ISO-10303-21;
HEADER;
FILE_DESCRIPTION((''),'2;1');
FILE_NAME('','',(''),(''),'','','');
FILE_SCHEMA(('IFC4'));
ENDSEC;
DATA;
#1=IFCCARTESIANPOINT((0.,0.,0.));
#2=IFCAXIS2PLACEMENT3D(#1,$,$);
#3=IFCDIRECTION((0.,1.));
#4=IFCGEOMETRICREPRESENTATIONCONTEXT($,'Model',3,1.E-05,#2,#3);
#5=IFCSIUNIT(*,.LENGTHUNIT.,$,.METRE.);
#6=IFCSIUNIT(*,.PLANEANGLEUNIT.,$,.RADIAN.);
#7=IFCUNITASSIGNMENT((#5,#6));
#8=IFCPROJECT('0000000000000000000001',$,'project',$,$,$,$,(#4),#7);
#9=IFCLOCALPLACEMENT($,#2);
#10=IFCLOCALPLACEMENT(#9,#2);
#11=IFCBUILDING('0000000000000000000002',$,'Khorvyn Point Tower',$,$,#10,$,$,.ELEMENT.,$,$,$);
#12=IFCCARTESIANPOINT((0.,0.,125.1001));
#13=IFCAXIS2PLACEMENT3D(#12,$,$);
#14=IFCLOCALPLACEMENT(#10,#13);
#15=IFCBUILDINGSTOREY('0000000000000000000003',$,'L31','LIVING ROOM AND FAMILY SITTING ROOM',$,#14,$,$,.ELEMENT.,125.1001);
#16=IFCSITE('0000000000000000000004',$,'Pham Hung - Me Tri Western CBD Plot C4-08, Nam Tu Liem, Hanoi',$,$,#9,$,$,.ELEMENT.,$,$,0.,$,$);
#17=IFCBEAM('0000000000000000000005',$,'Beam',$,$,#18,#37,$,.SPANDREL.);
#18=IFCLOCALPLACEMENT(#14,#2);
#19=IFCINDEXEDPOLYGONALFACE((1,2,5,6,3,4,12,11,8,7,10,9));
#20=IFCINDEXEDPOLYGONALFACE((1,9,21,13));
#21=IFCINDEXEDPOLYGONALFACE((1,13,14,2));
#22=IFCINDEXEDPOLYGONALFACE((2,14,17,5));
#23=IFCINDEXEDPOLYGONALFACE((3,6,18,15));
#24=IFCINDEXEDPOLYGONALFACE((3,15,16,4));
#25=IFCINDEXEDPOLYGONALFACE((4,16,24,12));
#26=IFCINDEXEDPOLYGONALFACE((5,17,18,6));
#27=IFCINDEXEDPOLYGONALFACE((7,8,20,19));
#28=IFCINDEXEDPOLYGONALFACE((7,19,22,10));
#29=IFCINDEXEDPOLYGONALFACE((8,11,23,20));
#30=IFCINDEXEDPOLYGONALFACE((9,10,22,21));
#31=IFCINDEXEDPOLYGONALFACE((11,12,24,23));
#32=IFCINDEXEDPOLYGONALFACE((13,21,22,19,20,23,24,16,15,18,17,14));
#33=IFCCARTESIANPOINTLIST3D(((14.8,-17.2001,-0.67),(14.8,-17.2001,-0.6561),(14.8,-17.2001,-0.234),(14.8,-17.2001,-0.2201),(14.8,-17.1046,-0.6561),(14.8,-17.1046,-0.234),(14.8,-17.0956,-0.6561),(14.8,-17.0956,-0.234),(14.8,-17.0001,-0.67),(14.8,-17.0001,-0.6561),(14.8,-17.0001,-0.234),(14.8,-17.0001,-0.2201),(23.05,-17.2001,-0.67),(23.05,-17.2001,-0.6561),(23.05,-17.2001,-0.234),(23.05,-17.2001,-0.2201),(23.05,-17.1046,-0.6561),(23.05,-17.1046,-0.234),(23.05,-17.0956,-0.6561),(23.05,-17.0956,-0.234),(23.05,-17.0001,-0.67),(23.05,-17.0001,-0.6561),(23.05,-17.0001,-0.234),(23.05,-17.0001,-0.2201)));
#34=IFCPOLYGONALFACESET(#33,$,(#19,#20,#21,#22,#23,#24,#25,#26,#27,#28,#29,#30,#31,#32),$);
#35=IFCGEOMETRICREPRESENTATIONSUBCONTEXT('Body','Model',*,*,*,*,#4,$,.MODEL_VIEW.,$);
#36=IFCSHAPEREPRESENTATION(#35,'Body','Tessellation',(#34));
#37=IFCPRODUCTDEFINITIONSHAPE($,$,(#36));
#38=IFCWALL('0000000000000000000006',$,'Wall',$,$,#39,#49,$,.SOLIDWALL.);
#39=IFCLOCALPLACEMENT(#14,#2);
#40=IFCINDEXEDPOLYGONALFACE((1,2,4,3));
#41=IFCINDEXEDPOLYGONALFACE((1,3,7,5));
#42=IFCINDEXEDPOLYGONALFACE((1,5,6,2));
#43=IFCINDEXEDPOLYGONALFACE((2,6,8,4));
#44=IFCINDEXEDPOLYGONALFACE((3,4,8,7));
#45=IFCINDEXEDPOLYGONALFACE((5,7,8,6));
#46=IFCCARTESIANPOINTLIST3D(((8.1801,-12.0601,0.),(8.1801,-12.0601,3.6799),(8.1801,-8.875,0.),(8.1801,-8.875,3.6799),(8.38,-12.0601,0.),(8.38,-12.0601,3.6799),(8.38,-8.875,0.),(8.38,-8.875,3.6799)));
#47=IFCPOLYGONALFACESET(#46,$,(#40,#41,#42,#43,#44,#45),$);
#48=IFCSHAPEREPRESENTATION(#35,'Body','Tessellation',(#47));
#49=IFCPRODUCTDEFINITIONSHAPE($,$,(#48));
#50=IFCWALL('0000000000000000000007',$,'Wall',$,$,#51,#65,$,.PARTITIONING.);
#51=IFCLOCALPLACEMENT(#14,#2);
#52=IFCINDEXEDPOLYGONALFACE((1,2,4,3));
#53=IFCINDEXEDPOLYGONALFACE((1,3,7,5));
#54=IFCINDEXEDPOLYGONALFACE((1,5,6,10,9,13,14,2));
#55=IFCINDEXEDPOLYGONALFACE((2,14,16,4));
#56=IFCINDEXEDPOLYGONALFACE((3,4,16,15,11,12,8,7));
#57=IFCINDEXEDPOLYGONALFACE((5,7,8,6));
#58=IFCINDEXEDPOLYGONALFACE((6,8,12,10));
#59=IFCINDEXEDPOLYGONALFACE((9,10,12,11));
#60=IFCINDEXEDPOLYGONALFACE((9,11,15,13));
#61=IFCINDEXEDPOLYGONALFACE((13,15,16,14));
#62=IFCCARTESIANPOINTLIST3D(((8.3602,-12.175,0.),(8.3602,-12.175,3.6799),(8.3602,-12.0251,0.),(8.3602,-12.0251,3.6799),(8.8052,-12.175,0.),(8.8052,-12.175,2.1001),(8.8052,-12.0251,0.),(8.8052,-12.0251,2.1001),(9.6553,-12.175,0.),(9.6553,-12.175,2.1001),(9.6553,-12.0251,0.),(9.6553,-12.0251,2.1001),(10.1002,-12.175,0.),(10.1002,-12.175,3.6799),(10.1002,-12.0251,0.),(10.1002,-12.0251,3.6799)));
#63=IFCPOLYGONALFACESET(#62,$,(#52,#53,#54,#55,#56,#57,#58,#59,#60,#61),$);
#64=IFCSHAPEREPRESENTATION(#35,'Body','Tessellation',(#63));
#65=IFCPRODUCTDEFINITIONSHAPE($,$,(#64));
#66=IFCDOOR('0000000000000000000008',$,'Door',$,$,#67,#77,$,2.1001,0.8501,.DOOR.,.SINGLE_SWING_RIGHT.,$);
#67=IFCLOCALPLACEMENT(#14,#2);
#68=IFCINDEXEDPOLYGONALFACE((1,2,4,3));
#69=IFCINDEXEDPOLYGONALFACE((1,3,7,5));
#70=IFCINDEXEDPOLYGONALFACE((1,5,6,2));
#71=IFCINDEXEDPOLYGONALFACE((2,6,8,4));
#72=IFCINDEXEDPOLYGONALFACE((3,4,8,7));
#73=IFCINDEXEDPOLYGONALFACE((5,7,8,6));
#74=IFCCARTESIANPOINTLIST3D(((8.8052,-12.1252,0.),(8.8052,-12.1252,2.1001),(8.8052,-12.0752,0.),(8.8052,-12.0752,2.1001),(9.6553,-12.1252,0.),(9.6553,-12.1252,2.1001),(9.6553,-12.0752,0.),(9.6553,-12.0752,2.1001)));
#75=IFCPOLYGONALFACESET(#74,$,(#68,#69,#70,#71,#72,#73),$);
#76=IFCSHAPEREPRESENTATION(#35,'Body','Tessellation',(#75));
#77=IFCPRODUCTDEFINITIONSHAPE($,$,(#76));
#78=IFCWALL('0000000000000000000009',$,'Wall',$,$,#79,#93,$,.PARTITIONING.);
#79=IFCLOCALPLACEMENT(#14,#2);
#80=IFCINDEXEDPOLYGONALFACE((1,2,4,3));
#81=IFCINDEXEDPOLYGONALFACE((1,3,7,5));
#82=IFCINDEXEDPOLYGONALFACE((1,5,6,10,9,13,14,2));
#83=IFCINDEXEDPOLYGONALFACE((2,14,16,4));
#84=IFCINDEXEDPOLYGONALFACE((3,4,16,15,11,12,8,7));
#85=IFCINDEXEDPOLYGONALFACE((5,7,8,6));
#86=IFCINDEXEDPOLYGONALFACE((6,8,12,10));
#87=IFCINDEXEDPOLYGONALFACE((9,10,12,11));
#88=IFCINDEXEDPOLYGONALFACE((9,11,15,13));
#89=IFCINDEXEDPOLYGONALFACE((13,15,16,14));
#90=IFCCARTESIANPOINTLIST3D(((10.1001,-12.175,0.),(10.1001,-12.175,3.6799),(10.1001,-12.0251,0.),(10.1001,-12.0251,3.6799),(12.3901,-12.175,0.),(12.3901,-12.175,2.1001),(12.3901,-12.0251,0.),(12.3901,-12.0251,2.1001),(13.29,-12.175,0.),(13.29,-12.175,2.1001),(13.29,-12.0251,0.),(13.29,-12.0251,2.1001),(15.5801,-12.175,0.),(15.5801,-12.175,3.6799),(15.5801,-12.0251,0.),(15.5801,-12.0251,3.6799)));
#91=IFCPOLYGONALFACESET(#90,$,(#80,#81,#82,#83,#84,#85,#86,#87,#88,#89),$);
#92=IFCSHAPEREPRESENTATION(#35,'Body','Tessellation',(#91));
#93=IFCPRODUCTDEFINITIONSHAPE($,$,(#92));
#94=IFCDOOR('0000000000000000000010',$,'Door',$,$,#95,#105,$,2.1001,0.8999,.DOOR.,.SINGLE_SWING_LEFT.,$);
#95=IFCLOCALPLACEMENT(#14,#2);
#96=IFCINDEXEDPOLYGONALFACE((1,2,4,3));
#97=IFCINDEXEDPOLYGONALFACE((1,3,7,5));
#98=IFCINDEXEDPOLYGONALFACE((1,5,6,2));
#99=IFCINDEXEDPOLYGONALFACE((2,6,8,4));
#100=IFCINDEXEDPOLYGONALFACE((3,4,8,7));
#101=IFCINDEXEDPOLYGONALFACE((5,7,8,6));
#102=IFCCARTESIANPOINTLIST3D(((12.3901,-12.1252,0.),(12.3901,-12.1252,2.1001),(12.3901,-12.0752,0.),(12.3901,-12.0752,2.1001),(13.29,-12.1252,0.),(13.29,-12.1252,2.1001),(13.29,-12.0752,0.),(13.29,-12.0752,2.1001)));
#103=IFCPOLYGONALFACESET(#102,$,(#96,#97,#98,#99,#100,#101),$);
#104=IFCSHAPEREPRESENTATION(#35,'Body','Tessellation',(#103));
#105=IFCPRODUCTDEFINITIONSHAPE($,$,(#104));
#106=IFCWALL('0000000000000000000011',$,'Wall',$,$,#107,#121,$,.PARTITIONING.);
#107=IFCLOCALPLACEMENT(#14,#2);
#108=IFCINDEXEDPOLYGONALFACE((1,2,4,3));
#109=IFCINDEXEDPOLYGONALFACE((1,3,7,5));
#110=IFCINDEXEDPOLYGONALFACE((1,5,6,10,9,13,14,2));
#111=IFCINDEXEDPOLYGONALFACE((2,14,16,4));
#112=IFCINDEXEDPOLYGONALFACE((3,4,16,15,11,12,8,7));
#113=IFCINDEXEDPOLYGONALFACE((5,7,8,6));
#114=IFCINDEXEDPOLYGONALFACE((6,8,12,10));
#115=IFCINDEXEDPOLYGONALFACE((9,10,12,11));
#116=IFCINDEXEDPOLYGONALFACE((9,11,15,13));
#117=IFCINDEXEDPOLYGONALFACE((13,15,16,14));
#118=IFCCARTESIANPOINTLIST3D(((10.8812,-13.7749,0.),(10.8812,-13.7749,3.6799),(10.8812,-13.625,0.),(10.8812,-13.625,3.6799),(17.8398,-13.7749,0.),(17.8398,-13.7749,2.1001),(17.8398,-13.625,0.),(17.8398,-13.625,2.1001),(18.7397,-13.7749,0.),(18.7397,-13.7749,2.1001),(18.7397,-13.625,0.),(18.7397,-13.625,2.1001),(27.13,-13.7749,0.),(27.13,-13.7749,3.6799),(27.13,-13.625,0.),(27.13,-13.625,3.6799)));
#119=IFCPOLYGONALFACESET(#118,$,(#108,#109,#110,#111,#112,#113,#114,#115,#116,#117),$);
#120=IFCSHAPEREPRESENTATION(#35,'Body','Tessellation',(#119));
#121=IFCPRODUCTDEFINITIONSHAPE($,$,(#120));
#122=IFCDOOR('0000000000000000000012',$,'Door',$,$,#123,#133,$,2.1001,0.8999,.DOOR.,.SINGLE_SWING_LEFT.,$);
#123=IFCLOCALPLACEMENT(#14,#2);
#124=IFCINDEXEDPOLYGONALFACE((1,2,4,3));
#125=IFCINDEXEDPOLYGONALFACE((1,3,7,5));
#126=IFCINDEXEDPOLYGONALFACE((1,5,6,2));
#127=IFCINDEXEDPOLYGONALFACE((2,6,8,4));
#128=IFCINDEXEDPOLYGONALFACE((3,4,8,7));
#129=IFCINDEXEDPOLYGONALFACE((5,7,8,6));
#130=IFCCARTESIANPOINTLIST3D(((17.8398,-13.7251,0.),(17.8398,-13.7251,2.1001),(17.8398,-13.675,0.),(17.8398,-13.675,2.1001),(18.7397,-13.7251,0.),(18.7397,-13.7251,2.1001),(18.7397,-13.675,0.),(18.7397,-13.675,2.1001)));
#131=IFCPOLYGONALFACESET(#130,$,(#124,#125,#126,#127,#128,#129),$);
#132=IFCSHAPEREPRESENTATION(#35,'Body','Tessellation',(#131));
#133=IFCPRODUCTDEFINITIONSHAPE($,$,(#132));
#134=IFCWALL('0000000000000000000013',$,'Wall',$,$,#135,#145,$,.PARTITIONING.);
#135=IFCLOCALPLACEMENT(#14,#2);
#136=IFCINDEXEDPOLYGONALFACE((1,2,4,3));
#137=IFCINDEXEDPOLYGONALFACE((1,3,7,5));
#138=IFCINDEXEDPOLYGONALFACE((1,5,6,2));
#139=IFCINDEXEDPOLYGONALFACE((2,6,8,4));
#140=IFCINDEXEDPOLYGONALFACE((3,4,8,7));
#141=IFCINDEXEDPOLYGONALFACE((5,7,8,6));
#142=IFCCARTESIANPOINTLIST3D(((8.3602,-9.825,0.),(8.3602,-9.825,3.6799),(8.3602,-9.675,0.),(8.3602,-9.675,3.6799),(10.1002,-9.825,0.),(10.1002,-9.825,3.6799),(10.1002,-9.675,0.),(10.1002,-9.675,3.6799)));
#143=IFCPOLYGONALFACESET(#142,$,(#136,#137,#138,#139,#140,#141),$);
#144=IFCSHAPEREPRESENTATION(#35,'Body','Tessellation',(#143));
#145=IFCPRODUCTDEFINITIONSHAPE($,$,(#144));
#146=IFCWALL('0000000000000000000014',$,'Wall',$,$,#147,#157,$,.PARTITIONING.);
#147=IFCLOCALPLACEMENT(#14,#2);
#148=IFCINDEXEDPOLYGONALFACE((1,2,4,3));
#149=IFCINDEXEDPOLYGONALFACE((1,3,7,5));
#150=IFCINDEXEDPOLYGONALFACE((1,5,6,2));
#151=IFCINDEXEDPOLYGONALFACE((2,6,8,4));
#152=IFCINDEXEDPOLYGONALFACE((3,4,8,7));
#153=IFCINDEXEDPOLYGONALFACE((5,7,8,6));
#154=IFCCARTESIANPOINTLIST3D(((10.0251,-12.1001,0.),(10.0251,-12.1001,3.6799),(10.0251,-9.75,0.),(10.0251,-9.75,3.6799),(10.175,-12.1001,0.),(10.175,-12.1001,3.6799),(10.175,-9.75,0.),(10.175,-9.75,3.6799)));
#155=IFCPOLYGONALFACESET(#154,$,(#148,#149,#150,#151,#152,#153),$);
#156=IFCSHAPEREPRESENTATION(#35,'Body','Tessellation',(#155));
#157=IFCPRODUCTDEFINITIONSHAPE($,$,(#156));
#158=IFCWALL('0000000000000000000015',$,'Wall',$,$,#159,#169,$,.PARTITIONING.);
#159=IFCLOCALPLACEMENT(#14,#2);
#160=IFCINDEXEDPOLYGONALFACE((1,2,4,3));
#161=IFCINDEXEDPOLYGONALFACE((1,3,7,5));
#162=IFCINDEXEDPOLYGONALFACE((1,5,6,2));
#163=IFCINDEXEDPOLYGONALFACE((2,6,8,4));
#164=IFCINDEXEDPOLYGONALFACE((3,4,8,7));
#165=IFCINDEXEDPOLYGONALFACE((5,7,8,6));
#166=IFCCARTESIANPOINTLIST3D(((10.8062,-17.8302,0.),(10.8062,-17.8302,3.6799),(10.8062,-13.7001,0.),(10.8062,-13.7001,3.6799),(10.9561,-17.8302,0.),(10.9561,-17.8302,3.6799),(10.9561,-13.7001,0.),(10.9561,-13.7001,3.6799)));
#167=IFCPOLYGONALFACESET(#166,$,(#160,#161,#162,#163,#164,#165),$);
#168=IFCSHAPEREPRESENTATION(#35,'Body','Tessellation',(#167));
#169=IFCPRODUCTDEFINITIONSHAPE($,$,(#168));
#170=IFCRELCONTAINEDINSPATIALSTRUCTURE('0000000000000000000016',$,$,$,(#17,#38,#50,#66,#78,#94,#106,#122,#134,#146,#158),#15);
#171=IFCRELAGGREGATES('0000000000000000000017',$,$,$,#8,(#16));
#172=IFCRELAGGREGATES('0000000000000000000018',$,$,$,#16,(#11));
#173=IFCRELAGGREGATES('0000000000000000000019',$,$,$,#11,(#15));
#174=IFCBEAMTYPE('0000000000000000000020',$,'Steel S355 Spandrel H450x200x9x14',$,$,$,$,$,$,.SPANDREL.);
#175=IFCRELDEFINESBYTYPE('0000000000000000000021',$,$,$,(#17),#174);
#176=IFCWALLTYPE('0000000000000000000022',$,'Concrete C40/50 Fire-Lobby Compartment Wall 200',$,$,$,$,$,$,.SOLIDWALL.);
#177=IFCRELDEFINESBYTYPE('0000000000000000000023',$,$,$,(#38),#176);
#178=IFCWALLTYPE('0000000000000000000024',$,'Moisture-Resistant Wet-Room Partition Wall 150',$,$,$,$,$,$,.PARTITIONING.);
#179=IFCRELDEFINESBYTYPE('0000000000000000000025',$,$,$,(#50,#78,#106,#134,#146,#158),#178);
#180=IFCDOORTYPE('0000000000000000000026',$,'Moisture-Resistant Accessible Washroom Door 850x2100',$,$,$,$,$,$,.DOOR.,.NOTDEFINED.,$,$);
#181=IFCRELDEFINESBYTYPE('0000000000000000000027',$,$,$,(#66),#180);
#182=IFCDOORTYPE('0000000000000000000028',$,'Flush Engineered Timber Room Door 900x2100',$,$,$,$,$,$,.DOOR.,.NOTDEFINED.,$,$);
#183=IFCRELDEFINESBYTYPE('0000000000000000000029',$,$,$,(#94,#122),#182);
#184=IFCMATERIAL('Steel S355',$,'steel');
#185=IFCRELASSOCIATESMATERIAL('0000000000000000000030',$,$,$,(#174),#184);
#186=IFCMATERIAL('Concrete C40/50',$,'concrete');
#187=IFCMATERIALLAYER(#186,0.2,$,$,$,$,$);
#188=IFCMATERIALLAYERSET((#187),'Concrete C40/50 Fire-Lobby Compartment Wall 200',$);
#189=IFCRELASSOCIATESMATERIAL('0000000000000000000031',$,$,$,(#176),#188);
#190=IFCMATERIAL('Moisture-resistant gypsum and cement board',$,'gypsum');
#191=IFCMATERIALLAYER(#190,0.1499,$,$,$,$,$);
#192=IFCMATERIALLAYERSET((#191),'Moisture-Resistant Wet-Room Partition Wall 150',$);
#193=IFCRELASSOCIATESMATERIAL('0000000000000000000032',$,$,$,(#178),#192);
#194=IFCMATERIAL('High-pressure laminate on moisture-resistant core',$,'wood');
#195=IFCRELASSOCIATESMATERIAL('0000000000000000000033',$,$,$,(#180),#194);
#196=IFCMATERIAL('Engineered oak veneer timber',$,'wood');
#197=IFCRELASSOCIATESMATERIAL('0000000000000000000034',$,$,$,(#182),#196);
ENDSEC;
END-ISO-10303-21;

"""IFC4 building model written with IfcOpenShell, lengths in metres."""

from ifc_helpers import new_model, si_unit, direction, frame, frame_2d, origin, origin_2d, place, context, subcontext, project, spatial, rectangle, i_section, extrude, material, layer, layer_set, material_profile, profile_set, type_object, element, fill, save


model = new_model("IFC4")

# Units and contexts
model_context = context("Model", 3, precision=1e-05, world=origin(), true_north=direction((0.0, 1.0)))
body_context = subcontext(model_context, "Body", "Model", "MODEL_VIEW")
ifc_project = project(units=[si_unit("LENGTHUNIT", "METRE"), si_unit("PLANEANGLEUNIT", "RADIAN")], contexts=[model_context])

# Site, building, storey
site_placement = place(None, origin())
site = spatial("IfcSite", under=ifc_project, at=site_placement, Name="Pham Hung - Me Tri Western CBD Plot C4-08, Nam Tu Liem, Hanoi", CompositionType="ELEMENT", RefElevation=0.0)
building_placement = place(site_placement, origin())
building = spatial("IfcBuilding", under=site, at=building_placement, Name="Khorvyn Point Tower", CompositionType="ELEMENT")
storey_placement = place(building_placement, frame((0.0, 0.0, 125.1001)))
storey = spatial("IfcBuildingStorey", under=building, at=storey_placement, Name="L31", Description="LIVING ROOM AND FAMILY SITTING ROOM", CompositionType="ELEMENT", Elevation=125.1001)

# Beam
ifc_material_1 = material(Name="Steel S355", Category="steel")
ifc_material_profile_1 = material_profile(ifc_material_1, i_section(OverallWidth=0.2, OverallDepth=0.45, WebThickness=0.009, FlangeThickness=0.0139, at=origin_2d()))
ifc_profile_set_1 = profile_set([ifc_material_profile_1], Name="Steel S355 H450x200x9x14")
beam_type_1 = type_object("IfcBeamType", Name="Steel S355 Spandrel H450x200x9x14", PredefinedType="SPANDREL", material=ifc_profile_set_1)
beam_1_placement = place(storey_placement, frame((14.8, -17.1001, -0.4451), z_axis=(1.0, 0.0, 0.0), x_axis=(0.0, 1.0, 0.0)))
element("IfcBeam", 1, at=beam_1_placement, inside=storey, type_object=beam_type_1, Name="Beam", PredefinedType="SPANDREL", context=body_context, shape_type="SweptSolid", body=[
    extrude(i_section(OverallWidth=0.2, OverallDepth=0.45, WebThickness=0.009, FlangeThickness=0.0139, at=origin_2d()), origin(), (0.0, 0.0, 1.0), 8.25),
])

# Shared definitions
ifc_material_2 = material(Name="Concrete C40/50", Category="concrete")
ifc_layer_1 = layer(ifc_material_2, 0.2)
ifc_layer_set_1 = layer_set([ifc_layer_1], Name="Concrete C40/50 Fire-Lobby Compartment Wall 200")
wall_type_1 = type_object("IfcWallType", Name="Concrete C40/50 Fire-Lobby Compartment Wall 200", PredefinedType="SOLIDWALL", material=ifc_layer_set_1)

# Wall
wall_1_placement = place(storey_placement, frame((8.28, -12.0601, 0.0), z_axis=(0.0, 0.0, 1.0), x_axis=(0.0, 1.0, 0.0)))
element("IfcWall", 2, at=wall_1_placement, inside=storey, type_object=wall_type_1, Name="Wall", PredefinedType="SOLIDWALL", context=body_context, shape_type="SweptSolid", body=[
    extrude(rectangle(XDim=3.1851, YDim=0.2, at=frame_2d((1.5925, 0.0))), origin(), (0.0, 0.0, 1.0), 3.6799),
])

# Walls, openings, doors
ifc_material_3 = material(Name="Moisture-resistant gypsum and cement board", Category="gypsum")
ifc_layer_2 = layer(ifc_material_3, 0.1499)
ifc_layer_set_2 = layer_set([ifc_layer_2], Name="Moisture-Resistant Wet-Room Partition Wall 150")
wall_type_2 = type_object("IfcWallType", Name="Moisture-Resistant Wet-Room Partition Wall 150", PredefinedType="PARTITIONING", material=ifc_layer_set_2)
wall_2_placement = place(storey_placement, frame((8.3601, -12.1001, 0.0), z_axis=(0.0, 0.0, 1.0), x_axis=(1.0, 0.0, 0.0)))
wall_2 = element("IfcWall", 3, at=wall_2_placement, inside=storey, type_object=wall_type_2, Name="Wall", PredefinedType="PARTITIONING", context=body_context, shape_type="SweptSolid", body=[
    extrude(rectangle(XDim=1.74, YDim=0.1499, at=frame_2d((0.8701, 0.0))), origin(), (0.0, 0.0, 1.0), 3.6799),
])
opening_1_placement = place(wall_2_placement, frame((0.4451, 0.0, 0.0)))
opening_1 = element("IfcOpeningElement", 4, at=opening_1_placement, cuts=wall_2, PredefinedType="OPENING", context=body_context, shape_type="SweptSolid", body=[
    extrude(rectangle(XDim=0.8501, YDim=2.1001, at=frame_2d((0.425, 1.05))), frame((0.0, 0.085, 0.0), z_axis=(0.0, -1.0, 0.0), x_axis=(1.0, 0.0, 0.0)), (0.0, 0.0, 1.0), 0.1699),
])
ifc_material_4 = material(Name="High-pressure laminate on moisture-resistant core", Category="wood")
door_type_1 = type_object("IfcDoorType", Name="Moisture-Resistant Accessible Washroom Door 850x2100", OperationType="NOTDEFINED", PredefinedType="DOOR", material=ifc_material_4)
door_1_placement = place(opening_1_placement, origin())
door_1 = element("IfcDoor", 5, at=door_1_placement, inside=storey, type_object=door_type_1, Name="Door", OperationType="SINGLE_SWING_RIGHT", OverallHeight=2.1001, OverallWidth=0.8501, PredefinedType="DOOR", context=body_context, shape_type="SweptSolid", body=[
    extrude(rectangle(XDim=0.8501, YDim=2.1001, at=frame_2d((0.425, 1.05))), frame((0.0, 0.0249, 0.0), z_axis=(0.0, -1.0, 0.0), x_axis=(1.0, 0.0, 0.0)), (0.0, 0.0, 1.0), 0.05),
])
fill(opening_1, door_1)
wall_3_placement = place(storey_placement, frame((10.1001, -12.1001, 0.0), z_axis=(0.0, 0.0, 1.0), x_axis=(1.0, 0.0, 0.0)))
wall_3 = element("IfcWall", 6, at=wall_3_placement, inside=storey, type_object=wall_type_2, Name="Wall", PredefinedType="PARTITIONING", context=body_context, shape_type="SweptSolid", body=[
    extrude(rectangle(XDim=5.48, YDim=0.1499, at=frame_2d((2.74, 0.0))), origin(), (0.0, 0.0, 1.0), 3.6799),
])
opening_2_placement = place(wall_3_placement, frame((2.29, 0.0, 0.0)))
opening_2 = element("IfcOpeningElement", 7, at=opening_2_placement, cuts=wall_3, PredefinedType="OPENING", context=body_context, shape_type="SweptSolid", body=[
    extrude(rectangle(XDim=0.8999, YDim=2.1001, at=frame_2d((0.45, 1.05))), frame((0.0, 0.085, 0.0), z_axis=(0.0, -1.0, 0.0), x_axis=(1.0, 0.0, 0.0)), (0.0, 0.0, 1.0), 0.1699),
])
ifc_material_5 = material(Name="Engineered oak veneer timber", Category="wood")
door_type_2 = type_object("IfcDoorType", Name="Flush Engineered Timber Room Door 900x2100", OperationType="NOTDEFINED", PredefinedType="DOOR", material=ifc_material_5)
door_2_placement = place(opening_2_placement, origin())
door_2 = element("IfcDoor", 8, at=door_2_placement, inside=storey, type_object=door_type_2, Name="Door", OperationType="SINGLE_SWING_LEFT", OverallHeight=2.1001, OverallWidth=0.8999, PredefinedType="DOOR", context=body_context, shape_type="SweptSolid", body=[
    extrude(rectangle(XDim=0.8999, YDim=2.1001, at=frame_2d((0.45, 1.05))), frame((0.0, 0.0249, 0.0), z_axis=(0.0, -1.0, 0.0), x_axis=(1.0, 0.0, 0.0)), (0.0, 0.0, 1.0), 0.05),
])
fill(opening_2, door_2)
wall_4_placement = place(storey_placement, frame((10.8811, -13.7, 0.0), z_axis=(0.0, 0.0, 1.0), x_axis=(1.0, 0.0, 0.0)))
wall_4 = element("IfcWall", 9, at=wall_4_placement, inside=storey, type_object=wall_type_2, Name="Wall", PredefinedType="PARTITIONING", context=body_context, shape_type="SweptSolid", body=[
    extrude(rectangle(XDim=16.2488, YDim=0.1499, at=frame_2d((8.1245, 0.0))), origin(), (0.0, 0.0, 1.0), 3.6799),
])
opening_3_placement = place(wall_4_placement, frame((6.9587, 0.0, 0.0)))
opening_3 = element("IfcOpeningElement", 10, at=opening_3_placement, cuts=wall_4, PredefinedType="OPENING", context=body_context, shape_type="SweptSolid", body=[
    extrude(rectangle(XDim=0.8999, YDim=2.1001, at=frame_2d((0.45, 1.05))), frame((0.0, 0.085, 0.0), z_axis=(0.0, -1.0, 0.0), x_axis=(1.0, 0.0, 0.0)), (0.0, 0.0, 1.0), 0.1699),
])
door_3_placement = place(opening_3_placement, origin())
door_3 = element("IfcDoor", 11, at=door_3_placement, inside=storey, type_object=door_type_2, Name="Door", OperationType="SINGLE_SWING_LEFT", OverallHeight=2.1001, OverallWidth=0.8999, PredefinedType="DOOR", context=body_context, shape_type="SweptSolid", body=[
    extrude(rectangle(XDim=0.8999, YDim=2.1001, at=frame_2d((0.45, 1.05))), frame((0.0, 0.0249, 0.0), z_axis=(0.0, -1.0, 0.0), x_axis=(1.0, 0.0, 0.0)), (0.0, 0.0, 1.0), 0.05),
])
fill(opening_3, door_3)

# Walls
wall_5_placement = place(storey_placement, frame((8.3601, -9.75, 0.0), z_axis=(0.0, 0.0, 1.0), x_axis=(1.0, 0.0, 0.0)))
element("IfcWall", 12, at=wall_5_placement, inside=storey, type_object=wall_type_2, Name="Wall", PredefinedType="PARTITIONING", context=body_context, shape_type="SweptSolid", body=[
    extrude(rectangle(XDim=1.74, YDim=0.1499, at=frame_2d((0.8701, 0.0))), origin(), (0.0, 0.0, 1.0), 3.6799),
])
wall_6_placement = place(storey_placement, frame((10.1001, -12.1001, 0.0), z_axis=(0.0, 0.0, 1.0), x_axis=(0.0, 1.0, 0.0)))
element("IfcWall", 13, at=wall_6_placement, inside=storey, type_object=wall_type_2, Name="Wall", PredefinedType="PARTITIONING", context=body_context, shape_type="SweptSolid", body=[
    extrude(rectangle(XDim=2.3501, YDim=0.1499, at=frame_2d((1.175, 0.0))), origin(), (0.0, 0.0, 1.0), 3.6799),
])
wall_7_placement = place(storey_placement, frame((10.8811, -17.8301, 0.0), z_axis=(0.0, 0.0, 1.0), x_axis=(0.0, 1.0, 0.0)))
element("IfcWall", 14, at=wall_7_placement, inside=storey, type_object=wall_type_2, Name="Wall", PredefinedType="PARTITIONING", context=body_context, shape_type="SweptSolid", body=[
    extrude(rectangle(XDim=4.1301, YDim=0.1499, at=frame_2d((2.0649, 0.0))), origin(), (0.0, 0.0, 1.0), 3.6799),
])

save(model, "model.ifc")
